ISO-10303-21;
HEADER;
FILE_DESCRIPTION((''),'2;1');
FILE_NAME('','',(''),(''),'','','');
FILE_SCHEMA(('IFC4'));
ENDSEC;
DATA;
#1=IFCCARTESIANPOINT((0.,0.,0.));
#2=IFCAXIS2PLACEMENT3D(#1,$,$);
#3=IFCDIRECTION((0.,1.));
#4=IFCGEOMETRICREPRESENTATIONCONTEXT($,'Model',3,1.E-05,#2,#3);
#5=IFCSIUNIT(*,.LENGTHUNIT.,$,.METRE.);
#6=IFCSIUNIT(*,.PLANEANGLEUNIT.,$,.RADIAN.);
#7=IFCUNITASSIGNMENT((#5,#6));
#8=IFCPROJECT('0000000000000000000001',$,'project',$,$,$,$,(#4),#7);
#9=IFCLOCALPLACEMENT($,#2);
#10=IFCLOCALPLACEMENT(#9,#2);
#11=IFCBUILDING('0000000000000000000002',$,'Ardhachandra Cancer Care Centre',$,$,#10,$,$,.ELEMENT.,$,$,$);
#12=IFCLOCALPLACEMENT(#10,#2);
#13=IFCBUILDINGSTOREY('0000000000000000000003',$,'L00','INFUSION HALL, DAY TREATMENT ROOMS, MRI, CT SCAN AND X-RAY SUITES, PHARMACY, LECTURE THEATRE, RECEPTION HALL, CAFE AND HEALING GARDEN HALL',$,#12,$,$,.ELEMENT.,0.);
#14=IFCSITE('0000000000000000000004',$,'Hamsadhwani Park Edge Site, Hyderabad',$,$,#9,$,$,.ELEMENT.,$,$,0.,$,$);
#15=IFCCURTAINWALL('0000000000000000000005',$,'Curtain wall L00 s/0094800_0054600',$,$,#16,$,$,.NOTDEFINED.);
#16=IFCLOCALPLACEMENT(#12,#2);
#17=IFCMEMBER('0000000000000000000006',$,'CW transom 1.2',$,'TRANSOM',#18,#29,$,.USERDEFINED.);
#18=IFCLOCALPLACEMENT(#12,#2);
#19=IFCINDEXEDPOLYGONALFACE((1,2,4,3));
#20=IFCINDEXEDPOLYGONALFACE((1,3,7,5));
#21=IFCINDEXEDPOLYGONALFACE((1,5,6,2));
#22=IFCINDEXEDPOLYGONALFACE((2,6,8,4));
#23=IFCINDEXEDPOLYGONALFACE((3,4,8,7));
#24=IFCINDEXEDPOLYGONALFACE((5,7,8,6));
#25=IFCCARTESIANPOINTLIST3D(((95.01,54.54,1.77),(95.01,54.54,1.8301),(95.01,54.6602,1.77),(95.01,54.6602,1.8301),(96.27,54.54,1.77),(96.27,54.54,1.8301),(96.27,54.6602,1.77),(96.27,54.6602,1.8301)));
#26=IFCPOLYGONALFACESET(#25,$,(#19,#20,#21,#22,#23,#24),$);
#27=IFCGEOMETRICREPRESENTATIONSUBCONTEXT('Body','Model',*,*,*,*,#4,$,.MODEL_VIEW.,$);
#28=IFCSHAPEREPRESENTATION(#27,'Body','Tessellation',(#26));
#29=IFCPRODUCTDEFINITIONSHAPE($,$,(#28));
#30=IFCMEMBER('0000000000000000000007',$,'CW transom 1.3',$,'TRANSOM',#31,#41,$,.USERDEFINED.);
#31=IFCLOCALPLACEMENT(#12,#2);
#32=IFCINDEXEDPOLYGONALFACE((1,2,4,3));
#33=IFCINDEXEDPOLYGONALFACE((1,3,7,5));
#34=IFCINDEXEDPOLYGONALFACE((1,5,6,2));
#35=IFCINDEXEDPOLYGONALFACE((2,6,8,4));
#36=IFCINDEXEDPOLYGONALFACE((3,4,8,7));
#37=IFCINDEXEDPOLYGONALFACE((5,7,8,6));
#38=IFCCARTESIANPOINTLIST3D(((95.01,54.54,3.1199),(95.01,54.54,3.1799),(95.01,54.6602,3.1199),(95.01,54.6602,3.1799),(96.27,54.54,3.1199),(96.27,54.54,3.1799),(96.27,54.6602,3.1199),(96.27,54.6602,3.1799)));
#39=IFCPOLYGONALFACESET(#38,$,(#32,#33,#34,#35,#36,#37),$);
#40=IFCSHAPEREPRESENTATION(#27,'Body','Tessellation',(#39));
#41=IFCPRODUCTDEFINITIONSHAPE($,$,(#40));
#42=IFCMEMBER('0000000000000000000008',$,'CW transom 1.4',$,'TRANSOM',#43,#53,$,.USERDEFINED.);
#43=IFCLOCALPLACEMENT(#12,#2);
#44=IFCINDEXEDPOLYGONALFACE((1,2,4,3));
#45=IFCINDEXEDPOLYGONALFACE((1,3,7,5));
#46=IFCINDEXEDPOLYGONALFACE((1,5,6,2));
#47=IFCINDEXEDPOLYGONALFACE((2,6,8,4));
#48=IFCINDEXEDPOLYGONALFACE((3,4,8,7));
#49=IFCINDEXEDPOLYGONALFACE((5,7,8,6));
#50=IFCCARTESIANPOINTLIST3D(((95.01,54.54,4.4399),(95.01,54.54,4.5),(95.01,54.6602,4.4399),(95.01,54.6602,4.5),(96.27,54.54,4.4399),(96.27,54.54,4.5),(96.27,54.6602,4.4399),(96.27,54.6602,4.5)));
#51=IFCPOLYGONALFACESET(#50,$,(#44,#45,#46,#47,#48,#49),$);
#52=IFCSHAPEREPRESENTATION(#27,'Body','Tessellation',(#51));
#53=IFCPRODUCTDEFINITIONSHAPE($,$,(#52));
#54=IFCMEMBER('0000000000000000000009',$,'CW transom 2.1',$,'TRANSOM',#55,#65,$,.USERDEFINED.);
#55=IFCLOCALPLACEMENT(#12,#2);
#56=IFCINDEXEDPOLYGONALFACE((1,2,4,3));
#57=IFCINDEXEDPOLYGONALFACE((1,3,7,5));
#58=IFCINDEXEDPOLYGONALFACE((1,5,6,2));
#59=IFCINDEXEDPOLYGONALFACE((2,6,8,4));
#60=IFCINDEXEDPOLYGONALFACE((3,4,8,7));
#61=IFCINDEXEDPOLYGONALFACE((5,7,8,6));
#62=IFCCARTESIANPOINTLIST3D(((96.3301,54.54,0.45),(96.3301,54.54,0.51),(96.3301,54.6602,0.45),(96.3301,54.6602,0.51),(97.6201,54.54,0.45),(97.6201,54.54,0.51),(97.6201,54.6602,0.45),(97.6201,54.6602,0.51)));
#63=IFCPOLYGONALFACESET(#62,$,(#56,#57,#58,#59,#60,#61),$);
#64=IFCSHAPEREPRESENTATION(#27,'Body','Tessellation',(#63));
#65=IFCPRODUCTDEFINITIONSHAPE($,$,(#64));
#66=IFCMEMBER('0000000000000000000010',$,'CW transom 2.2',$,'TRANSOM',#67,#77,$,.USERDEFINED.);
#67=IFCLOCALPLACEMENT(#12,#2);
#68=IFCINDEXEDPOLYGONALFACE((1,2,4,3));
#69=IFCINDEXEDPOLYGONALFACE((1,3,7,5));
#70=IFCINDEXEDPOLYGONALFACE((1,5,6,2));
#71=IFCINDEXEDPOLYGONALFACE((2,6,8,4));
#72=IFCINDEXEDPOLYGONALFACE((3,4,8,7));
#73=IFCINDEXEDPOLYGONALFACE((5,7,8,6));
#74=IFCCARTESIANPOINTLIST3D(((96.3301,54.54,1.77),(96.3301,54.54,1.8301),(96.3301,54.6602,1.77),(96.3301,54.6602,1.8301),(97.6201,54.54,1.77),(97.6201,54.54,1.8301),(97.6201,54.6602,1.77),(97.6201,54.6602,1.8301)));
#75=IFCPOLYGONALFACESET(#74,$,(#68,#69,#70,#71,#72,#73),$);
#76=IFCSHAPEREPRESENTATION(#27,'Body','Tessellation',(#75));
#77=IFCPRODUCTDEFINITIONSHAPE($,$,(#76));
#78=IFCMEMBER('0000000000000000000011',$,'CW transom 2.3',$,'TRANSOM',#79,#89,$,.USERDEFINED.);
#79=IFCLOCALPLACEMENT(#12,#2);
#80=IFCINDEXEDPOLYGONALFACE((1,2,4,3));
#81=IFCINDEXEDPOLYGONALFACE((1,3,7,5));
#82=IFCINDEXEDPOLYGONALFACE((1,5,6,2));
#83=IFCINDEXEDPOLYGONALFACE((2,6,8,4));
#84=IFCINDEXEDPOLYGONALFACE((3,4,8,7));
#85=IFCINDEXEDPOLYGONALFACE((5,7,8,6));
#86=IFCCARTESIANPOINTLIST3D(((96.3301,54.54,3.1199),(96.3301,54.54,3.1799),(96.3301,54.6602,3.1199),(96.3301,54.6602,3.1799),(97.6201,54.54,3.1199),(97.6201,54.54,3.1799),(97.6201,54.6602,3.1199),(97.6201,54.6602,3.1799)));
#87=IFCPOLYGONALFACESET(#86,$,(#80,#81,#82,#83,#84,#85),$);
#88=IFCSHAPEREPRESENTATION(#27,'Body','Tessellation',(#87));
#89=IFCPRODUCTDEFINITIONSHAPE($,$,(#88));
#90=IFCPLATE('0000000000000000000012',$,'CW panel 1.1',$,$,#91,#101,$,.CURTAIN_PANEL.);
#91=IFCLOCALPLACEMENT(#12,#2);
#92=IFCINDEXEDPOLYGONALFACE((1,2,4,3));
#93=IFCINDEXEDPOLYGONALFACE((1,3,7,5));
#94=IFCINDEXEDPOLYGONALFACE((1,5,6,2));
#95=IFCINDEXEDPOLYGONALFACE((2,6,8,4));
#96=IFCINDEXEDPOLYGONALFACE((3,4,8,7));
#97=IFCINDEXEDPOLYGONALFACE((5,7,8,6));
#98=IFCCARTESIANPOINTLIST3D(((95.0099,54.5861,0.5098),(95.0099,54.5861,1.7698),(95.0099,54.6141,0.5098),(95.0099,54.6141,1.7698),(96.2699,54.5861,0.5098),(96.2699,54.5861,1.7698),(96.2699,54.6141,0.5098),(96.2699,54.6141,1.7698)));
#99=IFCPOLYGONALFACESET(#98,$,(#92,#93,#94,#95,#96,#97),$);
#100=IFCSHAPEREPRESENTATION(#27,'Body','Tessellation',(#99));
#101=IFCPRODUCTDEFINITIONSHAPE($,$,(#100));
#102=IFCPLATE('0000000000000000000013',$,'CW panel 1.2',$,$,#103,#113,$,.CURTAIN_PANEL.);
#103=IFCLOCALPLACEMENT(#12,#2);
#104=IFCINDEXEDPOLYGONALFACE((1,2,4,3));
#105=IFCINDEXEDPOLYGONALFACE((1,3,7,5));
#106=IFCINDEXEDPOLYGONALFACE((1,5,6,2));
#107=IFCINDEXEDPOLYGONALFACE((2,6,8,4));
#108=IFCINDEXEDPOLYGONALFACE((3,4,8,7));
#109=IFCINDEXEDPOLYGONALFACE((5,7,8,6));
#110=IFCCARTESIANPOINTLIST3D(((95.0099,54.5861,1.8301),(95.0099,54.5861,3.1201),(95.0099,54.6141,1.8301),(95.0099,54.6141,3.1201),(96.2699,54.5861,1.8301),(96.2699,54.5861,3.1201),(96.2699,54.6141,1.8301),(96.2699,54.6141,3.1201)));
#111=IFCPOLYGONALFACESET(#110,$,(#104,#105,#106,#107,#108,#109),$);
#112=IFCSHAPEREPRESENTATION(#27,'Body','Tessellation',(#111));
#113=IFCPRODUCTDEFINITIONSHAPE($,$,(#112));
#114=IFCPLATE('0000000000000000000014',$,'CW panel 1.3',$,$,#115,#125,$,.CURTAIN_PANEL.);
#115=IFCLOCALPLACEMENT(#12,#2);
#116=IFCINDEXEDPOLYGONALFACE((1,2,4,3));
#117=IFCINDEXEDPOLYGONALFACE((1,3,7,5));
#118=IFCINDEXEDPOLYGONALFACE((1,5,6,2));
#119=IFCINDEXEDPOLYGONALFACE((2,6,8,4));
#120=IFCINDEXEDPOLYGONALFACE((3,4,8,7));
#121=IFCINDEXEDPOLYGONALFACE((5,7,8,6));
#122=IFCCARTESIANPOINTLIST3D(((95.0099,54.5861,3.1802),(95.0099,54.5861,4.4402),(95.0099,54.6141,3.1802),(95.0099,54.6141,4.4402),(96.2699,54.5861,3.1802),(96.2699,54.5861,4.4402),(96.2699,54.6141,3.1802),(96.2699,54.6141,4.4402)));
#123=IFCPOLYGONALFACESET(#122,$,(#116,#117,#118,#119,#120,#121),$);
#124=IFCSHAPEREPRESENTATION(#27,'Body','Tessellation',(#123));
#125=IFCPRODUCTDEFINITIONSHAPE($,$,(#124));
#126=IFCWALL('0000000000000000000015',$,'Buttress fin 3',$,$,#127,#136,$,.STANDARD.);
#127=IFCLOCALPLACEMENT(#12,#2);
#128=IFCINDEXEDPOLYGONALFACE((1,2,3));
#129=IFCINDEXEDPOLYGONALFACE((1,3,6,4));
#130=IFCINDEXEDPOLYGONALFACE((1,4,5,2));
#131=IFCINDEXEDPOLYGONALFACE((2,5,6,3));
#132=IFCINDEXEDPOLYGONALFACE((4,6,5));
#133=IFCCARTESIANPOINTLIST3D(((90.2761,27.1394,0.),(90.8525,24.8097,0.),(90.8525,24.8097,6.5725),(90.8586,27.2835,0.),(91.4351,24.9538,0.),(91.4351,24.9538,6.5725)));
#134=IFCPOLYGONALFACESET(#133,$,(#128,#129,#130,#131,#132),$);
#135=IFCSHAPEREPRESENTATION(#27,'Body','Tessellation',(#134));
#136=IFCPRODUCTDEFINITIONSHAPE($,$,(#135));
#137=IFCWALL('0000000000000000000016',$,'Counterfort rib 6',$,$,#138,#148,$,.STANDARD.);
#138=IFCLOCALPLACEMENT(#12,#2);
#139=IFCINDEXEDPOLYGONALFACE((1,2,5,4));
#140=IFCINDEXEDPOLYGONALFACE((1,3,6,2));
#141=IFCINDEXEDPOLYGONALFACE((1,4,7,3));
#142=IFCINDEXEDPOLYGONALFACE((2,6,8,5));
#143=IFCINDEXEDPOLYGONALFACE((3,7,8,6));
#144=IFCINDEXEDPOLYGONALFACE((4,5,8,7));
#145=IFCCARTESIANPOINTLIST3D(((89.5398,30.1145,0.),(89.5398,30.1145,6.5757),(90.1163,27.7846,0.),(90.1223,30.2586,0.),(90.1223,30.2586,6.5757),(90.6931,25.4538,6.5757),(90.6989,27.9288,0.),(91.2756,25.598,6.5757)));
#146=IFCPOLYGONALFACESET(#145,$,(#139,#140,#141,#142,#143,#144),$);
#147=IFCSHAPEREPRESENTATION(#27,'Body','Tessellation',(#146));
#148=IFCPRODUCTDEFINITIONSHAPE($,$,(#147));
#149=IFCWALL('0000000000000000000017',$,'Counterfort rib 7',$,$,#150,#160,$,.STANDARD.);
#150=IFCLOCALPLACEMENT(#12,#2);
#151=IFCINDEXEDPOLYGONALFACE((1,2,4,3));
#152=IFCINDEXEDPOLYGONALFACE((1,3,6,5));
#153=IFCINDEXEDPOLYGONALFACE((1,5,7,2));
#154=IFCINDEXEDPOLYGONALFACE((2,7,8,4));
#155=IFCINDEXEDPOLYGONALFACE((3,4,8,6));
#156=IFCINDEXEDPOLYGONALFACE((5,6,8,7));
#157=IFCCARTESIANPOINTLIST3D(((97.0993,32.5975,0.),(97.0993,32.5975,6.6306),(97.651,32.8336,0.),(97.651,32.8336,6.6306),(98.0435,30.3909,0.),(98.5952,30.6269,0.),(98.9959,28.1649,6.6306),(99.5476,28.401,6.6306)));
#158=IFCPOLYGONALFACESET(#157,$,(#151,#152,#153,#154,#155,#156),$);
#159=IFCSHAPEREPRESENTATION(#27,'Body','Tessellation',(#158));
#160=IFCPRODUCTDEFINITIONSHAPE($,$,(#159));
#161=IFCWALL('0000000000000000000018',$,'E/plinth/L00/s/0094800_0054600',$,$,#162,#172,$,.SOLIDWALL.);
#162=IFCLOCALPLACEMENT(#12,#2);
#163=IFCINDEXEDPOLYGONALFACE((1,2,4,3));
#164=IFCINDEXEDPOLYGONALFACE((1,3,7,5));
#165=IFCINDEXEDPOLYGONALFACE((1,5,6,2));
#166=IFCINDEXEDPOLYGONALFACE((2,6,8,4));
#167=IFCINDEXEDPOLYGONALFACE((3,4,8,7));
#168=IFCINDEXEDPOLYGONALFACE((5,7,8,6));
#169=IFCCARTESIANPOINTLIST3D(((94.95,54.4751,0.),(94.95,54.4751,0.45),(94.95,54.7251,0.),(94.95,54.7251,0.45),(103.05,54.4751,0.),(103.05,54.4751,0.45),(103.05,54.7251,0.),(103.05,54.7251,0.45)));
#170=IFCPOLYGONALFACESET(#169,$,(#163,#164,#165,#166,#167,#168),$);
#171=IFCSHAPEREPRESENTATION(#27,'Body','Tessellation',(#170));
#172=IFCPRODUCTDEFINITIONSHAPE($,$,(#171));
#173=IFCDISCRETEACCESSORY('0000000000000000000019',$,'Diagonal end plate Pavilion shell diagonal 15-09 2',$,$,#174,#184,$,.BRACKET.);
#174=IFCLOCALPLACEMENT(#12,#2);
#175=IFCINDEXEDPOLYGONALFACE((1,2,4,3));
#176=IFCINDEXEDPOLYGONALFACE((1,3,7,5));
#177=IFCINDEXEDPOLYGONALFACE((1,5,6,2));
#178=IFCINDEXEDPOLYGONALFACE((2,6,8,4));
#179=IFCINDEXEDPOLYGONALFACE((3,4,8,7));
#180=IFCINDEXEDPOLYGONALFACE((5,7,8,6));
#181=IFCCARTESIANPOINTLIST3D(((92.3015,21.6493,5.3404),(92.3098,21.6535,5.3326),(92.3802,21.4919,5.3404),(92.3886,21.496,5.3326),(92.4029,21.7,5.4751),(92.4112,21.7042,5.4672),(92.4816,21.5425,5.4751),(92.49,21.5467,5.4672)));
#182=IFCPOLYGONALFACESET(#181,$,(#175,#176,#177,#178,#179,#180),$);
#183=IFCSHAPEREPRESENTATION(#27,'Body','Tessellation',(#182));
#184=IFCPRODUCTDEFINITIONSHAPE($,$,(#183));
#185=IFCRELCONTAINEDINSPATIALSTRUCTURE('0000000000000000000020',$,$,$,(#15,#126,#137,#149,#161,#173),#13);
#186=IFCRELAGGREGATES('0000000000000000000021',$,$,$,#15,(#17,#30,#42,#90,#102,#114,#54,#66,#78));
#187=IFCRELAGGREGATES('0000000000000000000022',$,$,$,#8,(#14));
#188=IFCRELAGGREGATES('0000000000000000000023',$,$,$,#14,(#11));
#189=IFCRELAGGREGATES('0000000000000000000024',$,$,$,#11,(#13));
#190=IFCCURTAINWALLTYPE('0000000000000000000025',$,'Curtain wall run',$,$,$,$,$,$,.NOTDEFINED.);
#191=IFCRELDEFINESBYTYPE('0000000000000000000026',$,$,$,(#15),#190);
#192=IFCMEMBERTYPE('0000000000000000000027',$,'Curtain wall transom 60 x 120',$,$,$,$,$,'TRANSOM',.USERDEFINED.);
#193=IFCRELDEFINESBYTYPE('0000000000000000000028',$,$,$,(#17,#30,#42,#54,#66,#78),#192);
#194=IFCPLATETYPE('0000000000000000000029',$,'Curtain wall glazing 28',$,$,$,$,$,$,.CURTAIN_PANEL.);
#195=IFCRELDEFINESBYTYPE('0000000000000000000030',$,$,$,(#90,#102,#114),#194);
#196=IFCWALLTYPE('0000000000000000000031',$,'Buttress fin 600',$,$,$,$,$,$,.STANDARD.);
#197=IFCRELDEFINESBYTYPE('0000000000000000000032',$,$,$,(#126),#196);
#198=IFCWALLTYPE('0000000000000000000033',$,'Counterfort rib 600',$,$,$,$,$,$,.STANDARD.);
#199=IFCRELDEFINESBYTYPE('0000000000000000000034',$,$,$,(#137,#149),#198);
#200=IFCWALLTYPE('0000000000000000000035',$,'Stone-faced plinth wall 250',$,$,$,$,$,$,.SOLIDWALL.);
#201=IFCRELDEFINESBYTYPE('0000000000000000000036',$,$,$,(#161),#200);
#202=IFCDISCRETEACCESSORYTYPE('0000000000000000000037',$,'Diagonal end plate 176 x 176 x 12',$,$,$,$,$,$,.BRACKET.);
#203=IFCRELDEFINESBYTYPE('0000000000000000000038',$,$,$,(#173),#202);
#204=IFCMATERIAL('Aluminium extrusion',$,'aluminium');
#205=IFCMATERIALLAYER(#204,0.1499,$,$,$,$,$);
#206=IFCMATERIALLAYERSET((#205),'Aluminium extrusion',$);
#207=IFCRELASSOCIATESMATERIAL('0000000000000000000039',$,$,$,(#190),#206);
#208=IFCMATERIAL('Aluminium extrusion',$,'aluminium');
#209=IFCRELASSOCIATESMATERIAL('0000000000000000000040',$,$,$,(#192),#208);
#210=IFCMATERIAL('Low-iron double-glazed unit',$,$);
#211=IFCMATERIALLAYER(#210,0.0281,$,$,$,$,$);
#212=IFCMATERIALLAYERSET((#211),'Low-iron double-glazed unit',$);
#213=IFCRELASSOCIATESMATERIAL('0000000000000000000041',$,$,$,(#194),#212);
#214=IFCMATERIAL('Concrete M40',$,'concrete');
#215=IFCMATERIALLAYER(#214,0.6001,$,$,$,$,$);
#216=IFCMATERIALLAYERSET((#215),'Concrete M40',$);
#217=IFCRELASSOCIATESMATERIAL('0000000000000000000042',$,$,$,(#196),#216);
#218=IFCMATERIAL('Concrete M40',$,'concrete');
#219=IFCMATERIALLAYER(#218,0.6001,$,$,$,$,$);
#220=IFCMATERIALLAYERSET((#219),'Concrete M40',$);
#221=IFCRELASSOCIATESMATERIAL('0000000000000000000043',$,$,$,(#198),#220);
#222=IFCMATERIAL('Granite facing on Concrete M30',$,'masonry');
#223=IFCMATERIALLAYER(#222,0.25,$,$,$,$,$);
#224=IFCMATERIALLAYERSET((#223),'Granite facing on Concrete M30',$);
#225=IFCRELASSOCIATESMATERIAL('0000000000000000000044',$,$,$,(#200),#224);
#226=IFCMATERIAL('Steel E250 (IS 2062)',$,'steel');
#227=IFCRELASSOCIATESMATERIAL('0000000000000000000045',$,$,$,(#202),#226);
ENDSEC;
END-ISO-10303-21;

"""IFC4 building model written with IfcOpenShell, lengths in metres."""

from ifc_helpers import new_model, si_unit, direction, frame, frame_2d, origin, origin_2d, place, context, subcontext, project, spatial, polyline, rectangle, outline, extrude, material, layer, layer_set, material_profile, profile_set, type_object, element, aggregate, save


model = new_model("IFC4")

# Units and contexts
model_context = context("Model", 3, precision=1e-05, world=origin(), true_north=direction((0.0, 1.0)))
body_context = subcontext(model_context, "Body", "Model", "MODEL_VIEW")
ifc_project = project(units=[si_unit("LENGTHUNIT", "METRE"), si_unit("PLANEANGLEUNIT", "RADIAN")], contexts=[model_context])

# Site, building, storey
site_placement = place(None, origin())
site = spatial("IfcSite", under=ifc_project, at=site_placement, Name="Hamsadhwani Park Edge Site, Hyderabad", CompositionType="ELEMENT", RefElevation=0.0)
building_placement = place(site_placement, origin())
building = spatial("IfcBuilding", under=site, at=building_placement, Name="Ardhachandra Cancer Care Centre", CompositionType="ELEMENT")
storey_placement = place(building_placement, origin())
storey = spatial("IfcBuildingStorey", under=building, at=storey_placement, Name="L00", Description="INFUSION HALL, DAY TREATMENT ROOMS, MRI, CT SCAN AND X-RAY SUITES, PHARMACY, LECTURE THEATRE, RECEPTION HALL, CAFE AND HEALING GARDEN HALL", CompositionType="ELEMENT", Elevation=0.0)

# Curtain wall, members, plates
ifc_material_1 = material(Name="Aluminium extrusion", Category="aluminium")
ifc_layer_1 = layer(ifc_material_1, 0.1499)
ifc_layer_set_1 = layer_set([ifc_layer_1], Name="Aluminium extrusion")
curtain_wall_type = type_object("IfcCurtainWallType", Name="Curtain wall run", PredefinedType="NOTDEFINED", material=ifc_layer_set_1)
curtain_wall_placement = place(storey_placement, origin())
curtain_wall = element("IfcCurtainWall", 1, at=curtain_wall_placement, inside=storey, type_object=curtain_wall_type, Name="Curtain wall L00 s/0094800_0054600", PredefinedType="NOTDEFINED")
ifc_material_2 = material(Name="Aluminium extrusion", Category="aluminium")
ifc_material_profile_1 = material_profile(ifc_material_2, rectangle(XDim=0.1201, YDim=0.0601, at=origin_2d()), Name="Curtain wall transom 60 x 120")
ifc_profile_set_1 = profile_set([ifc_material_profile_1], Name="Aluminium extrusion")
member_type_1 = type_object("IfcMemberType", Name="Curtain wall transom 60 x 120", ElementType="TRANSOM", PredefinedType="USERDEFINED", material=ifc_profile_set_1)
member_1_placement = place(storey_placement, frame((95.01, 54.6001, 1.8), z_axis=(1.0, 0.0, 0.0), x_axis=(0.0, 1.0, 0.0)))
member_1 = element("IfcMember", 2, at=member_1_placement, type_object=member_type_1, Name="CW transom 1.2", ObjectType="TRANSOM", PredefinedType="USERDEFINED", context=body_context, shape_type="SweptSolid", body=[
    extrude(rectangle(XDim=0.1201, YDim=0.0601, at=origin_2d()), origin(), (0.0, 0.0, 1.0), 1.26),
])
member_2_placement = place(storey_placement, frame((95.01, 54.6001, 3.1499), z_axis=(1.0, 0.0, 0.0), x_axis=(0.0, 1.0, 0.0)))
member_2 = element("IfcMember", 3, at=member_2_placement, type_object=member_type_1, Name="CW transom 1.3", ObjectType="TRANSOM", PredefinedType="USERDEFINED", context=body_context, shape_type="SweptSolid", body=[
    extrude(rectangle(XDim=0.1201, YDim=0.0601, at=origin_2d()), origin(), (0.0, 0.0, 1.0), 1.26),
])
member_3_placement = place(storey_placement, frame((95.01, 54.6001, 4.47), z_axis=(1.0, 0.0, 0.0), x_axis=(0.0, 1.0, 0.0)))
member_3 = element("IfcMember", 4, at=member_3_placement, type_object=member_type_1, Name="CW transom 1.4", ObjectType="TRANSOM", PredefinedType="USERDEFINED", context=body_context, shape_type="SweptSolid", body=[
    extrude(rectangle(XDim=0.1201, YDim=0.0601, at=origin_2d()), origin(), (0.0, 0.0, 1.0), 1.26),
])
member_4_placement = place(storey_placement, frame((96.3301, 54.6001, 0.48), z_axis=(1.0, 0.0, 0.0), x_axis=(0.0, 1.0, 0.0)))
member_4 = element("IfcMember", 5, at=member_4_placement, type_object=member_type_1, Name="CW transom 2.1", ObjectType="TRANSOM", PredefinedType="USERDEFINED", context=body_context, shape_type="SweptSolid", body=[
    extrude(rectangle(XDim=0.1201, YDim=0.0601, at=origin_2d()), origin(), (0.0, 0.0, 1.0), 1.29),
])
member_5_placement = place(storey_placement, frame((96.3301, 54.6001, 1.8), z_axis=(1.0, 0.0, 0.0), x_axis=(0.0, 1.0, 0.0)))
member_5 = element("IfcMember", 6, at=member_5_placement, type_object=member_type_1, Name="CW transom 2.2", ObjectType="TRANSOM", PredefinedType="USERDEFINED", context=body_context, shape_type="SweptSolid", body=[
    extrude(rectangle(XDim=0.1201, YDim=0.0601, at=origin_2d()), origin(), (0.0, 0.0, 1.0), 1.29),
])
member_6_placement = place(storey_placement, frame((96.3301, 54.6001, 3.1499), z_axis=(1.0, 0.0, 0.0), x_axis=(0.0, 1.0, 0.0)))
member_6 = element("IfcMember", 7, at=member_6_placement, type_object=member_type_1, Name="CW transom 2.3", ObjectType="TRANSOM", PredefinedType="USERDEFINED", context=body_context, shape_type="SweptSolid", body=[
    extrude(rectangle(XDim=0.1201, YDim=0.0601, at=origin_2d()), origin(), (0.0, 0.0, 1.0), 1.29),
])
ifc_material_3 = material(Name="Low-iron double-glazed unit")
ifc_layer_2 = layer(ifc_material_3, 0.0281)
ifc_layer_set_2 = layer_set([ifc_layer_2], Name="Low-iron double-glazed unit")
plate_type = type_object("IfcPlateType", Name="Curtain wall glazing 28", PredefinedType="CURTAIN_PANEL", material=ifc_layer_set_2)
plate_1_placement = place(storey_placement, frame((95.6399, 54.6001, 0.5098), z_axis=(0.0, 0.0, 1.0), x_axis=(1.0, 0.0, 0.0)))
plate_1 = element("IfcPlate", 8, at=plate_1_placement, type_object=plate_type, Name="CW panel 1.1", PredefinedType="CURTAIN_PANEL", context=body_context, shape_type="SweptSolid", body=[
    extrude(rectangle(XDim=1.26, YDim=0.0281, at=origin_2d()), origin(), (0.0, 0.0, 1.0), 1.26),
])
plate_2_placement = place(storey_placement, frame((95.6399, 54.6001, 1.8301), z_axis=(0.0, 0.0, 1.0), x_axis=(1.0, 0.0, 0.0)))
plate_2 = element("IfcPlate", 9, at=plate_2_placement, type_object=plate_type, Name="CW panel 1.2", PredefinedType="CURTAIN_PANEL", context=body_context, shape_type="SweptSolid", body=[
    extrude(rectangle(XDim=1.26, YDim=0.0281, at=origin_2d()), origin(), (0.0, 0.0, 1.0), 1.29),
])
plate_3_placement = place(storey_placement, frame((95.6399, 54.6001, 3.1802), z_axis=(0.0, 0.0, 1.0), x_axis=(1.0, 0.0, 0.0)))
plate_3 = element("IfcPlate", 10, at=plate_3_placement, type_object=plate_type, Name="CW panel 1.3", PredefinedType="CURTAIN_PANEL", context=body_context, shape_type="SweptSolid", body=[
    extrude(rectangle(XDim=1.26, YDim=0.0281, at=origin_2d()), origin(), (0.0, 0.0, 1.0), 1.26),
])
aggregate(curtain_wall, [member_1, member_2, member_3, plate_1, plate_2, plate_3, member_4, member_5, member_6])

# Walls
ifc_material_4 = material(Name="Concrete M40", Category="concrete")
ifc_layer_3 = layer(ifc_material_4, 0.6001)
ifc_layer_set_3 = layer_set([ifc_layer_3], Name="Concrete M40")
wall_type_1 = type_object("IfcWallType", Name="Buttress fin 600", PredefinedType="STANDARD", material=ifc_layer_set_3)
wall_1_placement = place(storey_placement, frame((90.5674, 27.2114, 0.0), z_axis=(0.0, 0.0, 1.0), x_axis=(0.240189, -0.970726, 0.0)))
element("IfcWall", 11, at=wall_1_placement, inside=storey, type_object=wall_type_1, Name="Buttress fin 3", PredefinedType="STANDARD", context=body_context, shape_type="SweptSolid", body=[
    extrude(outline(polyline([(0.0, 0.0), (2.3999, 0.0), (2.3999, 6.5725), (0.0, 0.0)])), frame((0.0, 0.3, 0.0), z_axis=(0.0, -1.0, 0.0), x_axis=(1.0, 0.0, 0.0)), (0.0, 0.0, 1.0), 0.6001),
])
ifc_material_5 = material(Name="Concrete M40", Category="concrete")
ifc_layer_4 = layer(ifc_material_5, 0.6001)
ifc_layer_set_4 = layer_set([ifc_layer_4], Name="Concrete M40")
wall_type_2 = type_object("IfcWallType", Name="Counterfort rib 600", PredefinedType="STANDARD", material=ifc_layer_set_4)
wall_2_placement = place(storey_placement, frame((90.9844, 25.5259, 0.0), z_axis=(0.0, 0.0, 1.0), x_axis=(-0.240214, 0.97072, 0.0)))
element("IfcWall", 12, at=wall_2_placement, inside=storey, type_object=wall_type_2, Name="Counterfort rib 6", PredefinedType="STANDARD", context=body_context, shape_type="SweptSolid", body=[
    extrude(outline(polyline([(2.4011, 0.0), (4.8013, 0.0), (4.8013, 6.5757), (0.0, 6.5757), (2.4011, 0.0)])), frame((0.0, 0.3, 0.0), z_axis=(0.0, -1.0, 0.0), x_axis=(1.0, 0.0, 0.0)), (0.0, 0.0, 1.0), 0.6001),
])
wall_3_placement = place(storey_placement, frame((99.2717, 28.283, 0.0), z_axis=(0.0, 0.0, 1.0), x_axis=(-0.393375, 0.919378, 0.0)))
element("IfcWall", 13, at=wall_3_placement, inside=storey, type_object=wall_type_2, Name="Counterfort rib 7", PredefinedType="STANDARD", context=body_context, shape_type="SweptSolid", body=[
    extrude(outline(polyline([(2.4211, 0.0), (4.8213, 0.0), (4.8213, 6.6306), (0.0, 6.6306), (2.4211, 0.0)])), frame((0.0, 0.3, 0.0), z_axis=(0.0, -1.0, 0.0), x_axis=(1.0, 0.0, 0.0)), (0.0, 0.0, 1.0), 0.6001),
])
ifc_material_6 = material(Name="Granite facing on Concrete M30", Category="masonry")
ifc_layer_5 = layer(ifc_material_6, 0.25)
ifc_layer_set_5 = layer_set([ifc_layer_5], Name="Granite facing on Concrete M30")
wall_type_3 = type_object("IfcWallType", Name="Stone-faced plinth wall 250", PredefinedType="SOLIDWALL", material=ifc_layer_set_5)
wall_4_placement = place(storey_placement, frame((94.95, 54.6001, 0.0), z_axis=(0.0, 0.0, 1.0), x_axis=(1.0, 0.0, 0.0)))
element("IfcWall", 14, at=wall_4_placement, inside=storey, type_object=wall_type_3, Name="E/plinth/L00/s/0094800_0054600", PredefinedType="SOLIDWALL", context=body_context, shape_type="SweptSolid", body=[
    extrude(rectangle(XDim=8.1001, YDim=0.25, at=frame_2d((4.05, 0.0))), origin(), (0.0, 0.0, 1.0), 0.45),
])

# Discrete accessory
ifc_material_7 = material(Name="Steel E250 (IS 2062)", Category="steel")
ifc_material_profile_2 = material_profile(ifc_material_7, rectangle(XDim=0.176, YDim=0.176, at=origin_2d()), Name="PL 176x176x12")
ifc_profile_set_2 = profile_set([ifc_material_profile_2], Name="Steel E250 (IS 2062)")
discrete_accessory_type = type_object("IfcDiscreteAccessoryType", Name="Diagonal end plate 176 x 176 x 12", PredefinedType="BRACKET", material=ifc_profile_set_2)
discrete_accessory_placement = place(storey_placement, frame((92.3999, 21.6001, 5.3999), z_axis=(-0.684256, -0.342128, 0.644005), x_axis=(0.447214, -0.894427, 0.0)))
element("IfcDiscreteAccessory", 15, at=discrete_accessory_placement, inside=storey, type_object=discrete_accessory_type, Name="Diagonal end plate Pavilion shell diagonal 15-09 2", PredefinedType="BRACKET", context=body_context, shape_type="SweptSolid", body=[
    extrude(rectangle(XDim=0.176, YDim=0.176, at=origin_2d()), origin(), (0.0, 0.0, 1.0), 0.0122),
])

save(model, "model.ifc")
